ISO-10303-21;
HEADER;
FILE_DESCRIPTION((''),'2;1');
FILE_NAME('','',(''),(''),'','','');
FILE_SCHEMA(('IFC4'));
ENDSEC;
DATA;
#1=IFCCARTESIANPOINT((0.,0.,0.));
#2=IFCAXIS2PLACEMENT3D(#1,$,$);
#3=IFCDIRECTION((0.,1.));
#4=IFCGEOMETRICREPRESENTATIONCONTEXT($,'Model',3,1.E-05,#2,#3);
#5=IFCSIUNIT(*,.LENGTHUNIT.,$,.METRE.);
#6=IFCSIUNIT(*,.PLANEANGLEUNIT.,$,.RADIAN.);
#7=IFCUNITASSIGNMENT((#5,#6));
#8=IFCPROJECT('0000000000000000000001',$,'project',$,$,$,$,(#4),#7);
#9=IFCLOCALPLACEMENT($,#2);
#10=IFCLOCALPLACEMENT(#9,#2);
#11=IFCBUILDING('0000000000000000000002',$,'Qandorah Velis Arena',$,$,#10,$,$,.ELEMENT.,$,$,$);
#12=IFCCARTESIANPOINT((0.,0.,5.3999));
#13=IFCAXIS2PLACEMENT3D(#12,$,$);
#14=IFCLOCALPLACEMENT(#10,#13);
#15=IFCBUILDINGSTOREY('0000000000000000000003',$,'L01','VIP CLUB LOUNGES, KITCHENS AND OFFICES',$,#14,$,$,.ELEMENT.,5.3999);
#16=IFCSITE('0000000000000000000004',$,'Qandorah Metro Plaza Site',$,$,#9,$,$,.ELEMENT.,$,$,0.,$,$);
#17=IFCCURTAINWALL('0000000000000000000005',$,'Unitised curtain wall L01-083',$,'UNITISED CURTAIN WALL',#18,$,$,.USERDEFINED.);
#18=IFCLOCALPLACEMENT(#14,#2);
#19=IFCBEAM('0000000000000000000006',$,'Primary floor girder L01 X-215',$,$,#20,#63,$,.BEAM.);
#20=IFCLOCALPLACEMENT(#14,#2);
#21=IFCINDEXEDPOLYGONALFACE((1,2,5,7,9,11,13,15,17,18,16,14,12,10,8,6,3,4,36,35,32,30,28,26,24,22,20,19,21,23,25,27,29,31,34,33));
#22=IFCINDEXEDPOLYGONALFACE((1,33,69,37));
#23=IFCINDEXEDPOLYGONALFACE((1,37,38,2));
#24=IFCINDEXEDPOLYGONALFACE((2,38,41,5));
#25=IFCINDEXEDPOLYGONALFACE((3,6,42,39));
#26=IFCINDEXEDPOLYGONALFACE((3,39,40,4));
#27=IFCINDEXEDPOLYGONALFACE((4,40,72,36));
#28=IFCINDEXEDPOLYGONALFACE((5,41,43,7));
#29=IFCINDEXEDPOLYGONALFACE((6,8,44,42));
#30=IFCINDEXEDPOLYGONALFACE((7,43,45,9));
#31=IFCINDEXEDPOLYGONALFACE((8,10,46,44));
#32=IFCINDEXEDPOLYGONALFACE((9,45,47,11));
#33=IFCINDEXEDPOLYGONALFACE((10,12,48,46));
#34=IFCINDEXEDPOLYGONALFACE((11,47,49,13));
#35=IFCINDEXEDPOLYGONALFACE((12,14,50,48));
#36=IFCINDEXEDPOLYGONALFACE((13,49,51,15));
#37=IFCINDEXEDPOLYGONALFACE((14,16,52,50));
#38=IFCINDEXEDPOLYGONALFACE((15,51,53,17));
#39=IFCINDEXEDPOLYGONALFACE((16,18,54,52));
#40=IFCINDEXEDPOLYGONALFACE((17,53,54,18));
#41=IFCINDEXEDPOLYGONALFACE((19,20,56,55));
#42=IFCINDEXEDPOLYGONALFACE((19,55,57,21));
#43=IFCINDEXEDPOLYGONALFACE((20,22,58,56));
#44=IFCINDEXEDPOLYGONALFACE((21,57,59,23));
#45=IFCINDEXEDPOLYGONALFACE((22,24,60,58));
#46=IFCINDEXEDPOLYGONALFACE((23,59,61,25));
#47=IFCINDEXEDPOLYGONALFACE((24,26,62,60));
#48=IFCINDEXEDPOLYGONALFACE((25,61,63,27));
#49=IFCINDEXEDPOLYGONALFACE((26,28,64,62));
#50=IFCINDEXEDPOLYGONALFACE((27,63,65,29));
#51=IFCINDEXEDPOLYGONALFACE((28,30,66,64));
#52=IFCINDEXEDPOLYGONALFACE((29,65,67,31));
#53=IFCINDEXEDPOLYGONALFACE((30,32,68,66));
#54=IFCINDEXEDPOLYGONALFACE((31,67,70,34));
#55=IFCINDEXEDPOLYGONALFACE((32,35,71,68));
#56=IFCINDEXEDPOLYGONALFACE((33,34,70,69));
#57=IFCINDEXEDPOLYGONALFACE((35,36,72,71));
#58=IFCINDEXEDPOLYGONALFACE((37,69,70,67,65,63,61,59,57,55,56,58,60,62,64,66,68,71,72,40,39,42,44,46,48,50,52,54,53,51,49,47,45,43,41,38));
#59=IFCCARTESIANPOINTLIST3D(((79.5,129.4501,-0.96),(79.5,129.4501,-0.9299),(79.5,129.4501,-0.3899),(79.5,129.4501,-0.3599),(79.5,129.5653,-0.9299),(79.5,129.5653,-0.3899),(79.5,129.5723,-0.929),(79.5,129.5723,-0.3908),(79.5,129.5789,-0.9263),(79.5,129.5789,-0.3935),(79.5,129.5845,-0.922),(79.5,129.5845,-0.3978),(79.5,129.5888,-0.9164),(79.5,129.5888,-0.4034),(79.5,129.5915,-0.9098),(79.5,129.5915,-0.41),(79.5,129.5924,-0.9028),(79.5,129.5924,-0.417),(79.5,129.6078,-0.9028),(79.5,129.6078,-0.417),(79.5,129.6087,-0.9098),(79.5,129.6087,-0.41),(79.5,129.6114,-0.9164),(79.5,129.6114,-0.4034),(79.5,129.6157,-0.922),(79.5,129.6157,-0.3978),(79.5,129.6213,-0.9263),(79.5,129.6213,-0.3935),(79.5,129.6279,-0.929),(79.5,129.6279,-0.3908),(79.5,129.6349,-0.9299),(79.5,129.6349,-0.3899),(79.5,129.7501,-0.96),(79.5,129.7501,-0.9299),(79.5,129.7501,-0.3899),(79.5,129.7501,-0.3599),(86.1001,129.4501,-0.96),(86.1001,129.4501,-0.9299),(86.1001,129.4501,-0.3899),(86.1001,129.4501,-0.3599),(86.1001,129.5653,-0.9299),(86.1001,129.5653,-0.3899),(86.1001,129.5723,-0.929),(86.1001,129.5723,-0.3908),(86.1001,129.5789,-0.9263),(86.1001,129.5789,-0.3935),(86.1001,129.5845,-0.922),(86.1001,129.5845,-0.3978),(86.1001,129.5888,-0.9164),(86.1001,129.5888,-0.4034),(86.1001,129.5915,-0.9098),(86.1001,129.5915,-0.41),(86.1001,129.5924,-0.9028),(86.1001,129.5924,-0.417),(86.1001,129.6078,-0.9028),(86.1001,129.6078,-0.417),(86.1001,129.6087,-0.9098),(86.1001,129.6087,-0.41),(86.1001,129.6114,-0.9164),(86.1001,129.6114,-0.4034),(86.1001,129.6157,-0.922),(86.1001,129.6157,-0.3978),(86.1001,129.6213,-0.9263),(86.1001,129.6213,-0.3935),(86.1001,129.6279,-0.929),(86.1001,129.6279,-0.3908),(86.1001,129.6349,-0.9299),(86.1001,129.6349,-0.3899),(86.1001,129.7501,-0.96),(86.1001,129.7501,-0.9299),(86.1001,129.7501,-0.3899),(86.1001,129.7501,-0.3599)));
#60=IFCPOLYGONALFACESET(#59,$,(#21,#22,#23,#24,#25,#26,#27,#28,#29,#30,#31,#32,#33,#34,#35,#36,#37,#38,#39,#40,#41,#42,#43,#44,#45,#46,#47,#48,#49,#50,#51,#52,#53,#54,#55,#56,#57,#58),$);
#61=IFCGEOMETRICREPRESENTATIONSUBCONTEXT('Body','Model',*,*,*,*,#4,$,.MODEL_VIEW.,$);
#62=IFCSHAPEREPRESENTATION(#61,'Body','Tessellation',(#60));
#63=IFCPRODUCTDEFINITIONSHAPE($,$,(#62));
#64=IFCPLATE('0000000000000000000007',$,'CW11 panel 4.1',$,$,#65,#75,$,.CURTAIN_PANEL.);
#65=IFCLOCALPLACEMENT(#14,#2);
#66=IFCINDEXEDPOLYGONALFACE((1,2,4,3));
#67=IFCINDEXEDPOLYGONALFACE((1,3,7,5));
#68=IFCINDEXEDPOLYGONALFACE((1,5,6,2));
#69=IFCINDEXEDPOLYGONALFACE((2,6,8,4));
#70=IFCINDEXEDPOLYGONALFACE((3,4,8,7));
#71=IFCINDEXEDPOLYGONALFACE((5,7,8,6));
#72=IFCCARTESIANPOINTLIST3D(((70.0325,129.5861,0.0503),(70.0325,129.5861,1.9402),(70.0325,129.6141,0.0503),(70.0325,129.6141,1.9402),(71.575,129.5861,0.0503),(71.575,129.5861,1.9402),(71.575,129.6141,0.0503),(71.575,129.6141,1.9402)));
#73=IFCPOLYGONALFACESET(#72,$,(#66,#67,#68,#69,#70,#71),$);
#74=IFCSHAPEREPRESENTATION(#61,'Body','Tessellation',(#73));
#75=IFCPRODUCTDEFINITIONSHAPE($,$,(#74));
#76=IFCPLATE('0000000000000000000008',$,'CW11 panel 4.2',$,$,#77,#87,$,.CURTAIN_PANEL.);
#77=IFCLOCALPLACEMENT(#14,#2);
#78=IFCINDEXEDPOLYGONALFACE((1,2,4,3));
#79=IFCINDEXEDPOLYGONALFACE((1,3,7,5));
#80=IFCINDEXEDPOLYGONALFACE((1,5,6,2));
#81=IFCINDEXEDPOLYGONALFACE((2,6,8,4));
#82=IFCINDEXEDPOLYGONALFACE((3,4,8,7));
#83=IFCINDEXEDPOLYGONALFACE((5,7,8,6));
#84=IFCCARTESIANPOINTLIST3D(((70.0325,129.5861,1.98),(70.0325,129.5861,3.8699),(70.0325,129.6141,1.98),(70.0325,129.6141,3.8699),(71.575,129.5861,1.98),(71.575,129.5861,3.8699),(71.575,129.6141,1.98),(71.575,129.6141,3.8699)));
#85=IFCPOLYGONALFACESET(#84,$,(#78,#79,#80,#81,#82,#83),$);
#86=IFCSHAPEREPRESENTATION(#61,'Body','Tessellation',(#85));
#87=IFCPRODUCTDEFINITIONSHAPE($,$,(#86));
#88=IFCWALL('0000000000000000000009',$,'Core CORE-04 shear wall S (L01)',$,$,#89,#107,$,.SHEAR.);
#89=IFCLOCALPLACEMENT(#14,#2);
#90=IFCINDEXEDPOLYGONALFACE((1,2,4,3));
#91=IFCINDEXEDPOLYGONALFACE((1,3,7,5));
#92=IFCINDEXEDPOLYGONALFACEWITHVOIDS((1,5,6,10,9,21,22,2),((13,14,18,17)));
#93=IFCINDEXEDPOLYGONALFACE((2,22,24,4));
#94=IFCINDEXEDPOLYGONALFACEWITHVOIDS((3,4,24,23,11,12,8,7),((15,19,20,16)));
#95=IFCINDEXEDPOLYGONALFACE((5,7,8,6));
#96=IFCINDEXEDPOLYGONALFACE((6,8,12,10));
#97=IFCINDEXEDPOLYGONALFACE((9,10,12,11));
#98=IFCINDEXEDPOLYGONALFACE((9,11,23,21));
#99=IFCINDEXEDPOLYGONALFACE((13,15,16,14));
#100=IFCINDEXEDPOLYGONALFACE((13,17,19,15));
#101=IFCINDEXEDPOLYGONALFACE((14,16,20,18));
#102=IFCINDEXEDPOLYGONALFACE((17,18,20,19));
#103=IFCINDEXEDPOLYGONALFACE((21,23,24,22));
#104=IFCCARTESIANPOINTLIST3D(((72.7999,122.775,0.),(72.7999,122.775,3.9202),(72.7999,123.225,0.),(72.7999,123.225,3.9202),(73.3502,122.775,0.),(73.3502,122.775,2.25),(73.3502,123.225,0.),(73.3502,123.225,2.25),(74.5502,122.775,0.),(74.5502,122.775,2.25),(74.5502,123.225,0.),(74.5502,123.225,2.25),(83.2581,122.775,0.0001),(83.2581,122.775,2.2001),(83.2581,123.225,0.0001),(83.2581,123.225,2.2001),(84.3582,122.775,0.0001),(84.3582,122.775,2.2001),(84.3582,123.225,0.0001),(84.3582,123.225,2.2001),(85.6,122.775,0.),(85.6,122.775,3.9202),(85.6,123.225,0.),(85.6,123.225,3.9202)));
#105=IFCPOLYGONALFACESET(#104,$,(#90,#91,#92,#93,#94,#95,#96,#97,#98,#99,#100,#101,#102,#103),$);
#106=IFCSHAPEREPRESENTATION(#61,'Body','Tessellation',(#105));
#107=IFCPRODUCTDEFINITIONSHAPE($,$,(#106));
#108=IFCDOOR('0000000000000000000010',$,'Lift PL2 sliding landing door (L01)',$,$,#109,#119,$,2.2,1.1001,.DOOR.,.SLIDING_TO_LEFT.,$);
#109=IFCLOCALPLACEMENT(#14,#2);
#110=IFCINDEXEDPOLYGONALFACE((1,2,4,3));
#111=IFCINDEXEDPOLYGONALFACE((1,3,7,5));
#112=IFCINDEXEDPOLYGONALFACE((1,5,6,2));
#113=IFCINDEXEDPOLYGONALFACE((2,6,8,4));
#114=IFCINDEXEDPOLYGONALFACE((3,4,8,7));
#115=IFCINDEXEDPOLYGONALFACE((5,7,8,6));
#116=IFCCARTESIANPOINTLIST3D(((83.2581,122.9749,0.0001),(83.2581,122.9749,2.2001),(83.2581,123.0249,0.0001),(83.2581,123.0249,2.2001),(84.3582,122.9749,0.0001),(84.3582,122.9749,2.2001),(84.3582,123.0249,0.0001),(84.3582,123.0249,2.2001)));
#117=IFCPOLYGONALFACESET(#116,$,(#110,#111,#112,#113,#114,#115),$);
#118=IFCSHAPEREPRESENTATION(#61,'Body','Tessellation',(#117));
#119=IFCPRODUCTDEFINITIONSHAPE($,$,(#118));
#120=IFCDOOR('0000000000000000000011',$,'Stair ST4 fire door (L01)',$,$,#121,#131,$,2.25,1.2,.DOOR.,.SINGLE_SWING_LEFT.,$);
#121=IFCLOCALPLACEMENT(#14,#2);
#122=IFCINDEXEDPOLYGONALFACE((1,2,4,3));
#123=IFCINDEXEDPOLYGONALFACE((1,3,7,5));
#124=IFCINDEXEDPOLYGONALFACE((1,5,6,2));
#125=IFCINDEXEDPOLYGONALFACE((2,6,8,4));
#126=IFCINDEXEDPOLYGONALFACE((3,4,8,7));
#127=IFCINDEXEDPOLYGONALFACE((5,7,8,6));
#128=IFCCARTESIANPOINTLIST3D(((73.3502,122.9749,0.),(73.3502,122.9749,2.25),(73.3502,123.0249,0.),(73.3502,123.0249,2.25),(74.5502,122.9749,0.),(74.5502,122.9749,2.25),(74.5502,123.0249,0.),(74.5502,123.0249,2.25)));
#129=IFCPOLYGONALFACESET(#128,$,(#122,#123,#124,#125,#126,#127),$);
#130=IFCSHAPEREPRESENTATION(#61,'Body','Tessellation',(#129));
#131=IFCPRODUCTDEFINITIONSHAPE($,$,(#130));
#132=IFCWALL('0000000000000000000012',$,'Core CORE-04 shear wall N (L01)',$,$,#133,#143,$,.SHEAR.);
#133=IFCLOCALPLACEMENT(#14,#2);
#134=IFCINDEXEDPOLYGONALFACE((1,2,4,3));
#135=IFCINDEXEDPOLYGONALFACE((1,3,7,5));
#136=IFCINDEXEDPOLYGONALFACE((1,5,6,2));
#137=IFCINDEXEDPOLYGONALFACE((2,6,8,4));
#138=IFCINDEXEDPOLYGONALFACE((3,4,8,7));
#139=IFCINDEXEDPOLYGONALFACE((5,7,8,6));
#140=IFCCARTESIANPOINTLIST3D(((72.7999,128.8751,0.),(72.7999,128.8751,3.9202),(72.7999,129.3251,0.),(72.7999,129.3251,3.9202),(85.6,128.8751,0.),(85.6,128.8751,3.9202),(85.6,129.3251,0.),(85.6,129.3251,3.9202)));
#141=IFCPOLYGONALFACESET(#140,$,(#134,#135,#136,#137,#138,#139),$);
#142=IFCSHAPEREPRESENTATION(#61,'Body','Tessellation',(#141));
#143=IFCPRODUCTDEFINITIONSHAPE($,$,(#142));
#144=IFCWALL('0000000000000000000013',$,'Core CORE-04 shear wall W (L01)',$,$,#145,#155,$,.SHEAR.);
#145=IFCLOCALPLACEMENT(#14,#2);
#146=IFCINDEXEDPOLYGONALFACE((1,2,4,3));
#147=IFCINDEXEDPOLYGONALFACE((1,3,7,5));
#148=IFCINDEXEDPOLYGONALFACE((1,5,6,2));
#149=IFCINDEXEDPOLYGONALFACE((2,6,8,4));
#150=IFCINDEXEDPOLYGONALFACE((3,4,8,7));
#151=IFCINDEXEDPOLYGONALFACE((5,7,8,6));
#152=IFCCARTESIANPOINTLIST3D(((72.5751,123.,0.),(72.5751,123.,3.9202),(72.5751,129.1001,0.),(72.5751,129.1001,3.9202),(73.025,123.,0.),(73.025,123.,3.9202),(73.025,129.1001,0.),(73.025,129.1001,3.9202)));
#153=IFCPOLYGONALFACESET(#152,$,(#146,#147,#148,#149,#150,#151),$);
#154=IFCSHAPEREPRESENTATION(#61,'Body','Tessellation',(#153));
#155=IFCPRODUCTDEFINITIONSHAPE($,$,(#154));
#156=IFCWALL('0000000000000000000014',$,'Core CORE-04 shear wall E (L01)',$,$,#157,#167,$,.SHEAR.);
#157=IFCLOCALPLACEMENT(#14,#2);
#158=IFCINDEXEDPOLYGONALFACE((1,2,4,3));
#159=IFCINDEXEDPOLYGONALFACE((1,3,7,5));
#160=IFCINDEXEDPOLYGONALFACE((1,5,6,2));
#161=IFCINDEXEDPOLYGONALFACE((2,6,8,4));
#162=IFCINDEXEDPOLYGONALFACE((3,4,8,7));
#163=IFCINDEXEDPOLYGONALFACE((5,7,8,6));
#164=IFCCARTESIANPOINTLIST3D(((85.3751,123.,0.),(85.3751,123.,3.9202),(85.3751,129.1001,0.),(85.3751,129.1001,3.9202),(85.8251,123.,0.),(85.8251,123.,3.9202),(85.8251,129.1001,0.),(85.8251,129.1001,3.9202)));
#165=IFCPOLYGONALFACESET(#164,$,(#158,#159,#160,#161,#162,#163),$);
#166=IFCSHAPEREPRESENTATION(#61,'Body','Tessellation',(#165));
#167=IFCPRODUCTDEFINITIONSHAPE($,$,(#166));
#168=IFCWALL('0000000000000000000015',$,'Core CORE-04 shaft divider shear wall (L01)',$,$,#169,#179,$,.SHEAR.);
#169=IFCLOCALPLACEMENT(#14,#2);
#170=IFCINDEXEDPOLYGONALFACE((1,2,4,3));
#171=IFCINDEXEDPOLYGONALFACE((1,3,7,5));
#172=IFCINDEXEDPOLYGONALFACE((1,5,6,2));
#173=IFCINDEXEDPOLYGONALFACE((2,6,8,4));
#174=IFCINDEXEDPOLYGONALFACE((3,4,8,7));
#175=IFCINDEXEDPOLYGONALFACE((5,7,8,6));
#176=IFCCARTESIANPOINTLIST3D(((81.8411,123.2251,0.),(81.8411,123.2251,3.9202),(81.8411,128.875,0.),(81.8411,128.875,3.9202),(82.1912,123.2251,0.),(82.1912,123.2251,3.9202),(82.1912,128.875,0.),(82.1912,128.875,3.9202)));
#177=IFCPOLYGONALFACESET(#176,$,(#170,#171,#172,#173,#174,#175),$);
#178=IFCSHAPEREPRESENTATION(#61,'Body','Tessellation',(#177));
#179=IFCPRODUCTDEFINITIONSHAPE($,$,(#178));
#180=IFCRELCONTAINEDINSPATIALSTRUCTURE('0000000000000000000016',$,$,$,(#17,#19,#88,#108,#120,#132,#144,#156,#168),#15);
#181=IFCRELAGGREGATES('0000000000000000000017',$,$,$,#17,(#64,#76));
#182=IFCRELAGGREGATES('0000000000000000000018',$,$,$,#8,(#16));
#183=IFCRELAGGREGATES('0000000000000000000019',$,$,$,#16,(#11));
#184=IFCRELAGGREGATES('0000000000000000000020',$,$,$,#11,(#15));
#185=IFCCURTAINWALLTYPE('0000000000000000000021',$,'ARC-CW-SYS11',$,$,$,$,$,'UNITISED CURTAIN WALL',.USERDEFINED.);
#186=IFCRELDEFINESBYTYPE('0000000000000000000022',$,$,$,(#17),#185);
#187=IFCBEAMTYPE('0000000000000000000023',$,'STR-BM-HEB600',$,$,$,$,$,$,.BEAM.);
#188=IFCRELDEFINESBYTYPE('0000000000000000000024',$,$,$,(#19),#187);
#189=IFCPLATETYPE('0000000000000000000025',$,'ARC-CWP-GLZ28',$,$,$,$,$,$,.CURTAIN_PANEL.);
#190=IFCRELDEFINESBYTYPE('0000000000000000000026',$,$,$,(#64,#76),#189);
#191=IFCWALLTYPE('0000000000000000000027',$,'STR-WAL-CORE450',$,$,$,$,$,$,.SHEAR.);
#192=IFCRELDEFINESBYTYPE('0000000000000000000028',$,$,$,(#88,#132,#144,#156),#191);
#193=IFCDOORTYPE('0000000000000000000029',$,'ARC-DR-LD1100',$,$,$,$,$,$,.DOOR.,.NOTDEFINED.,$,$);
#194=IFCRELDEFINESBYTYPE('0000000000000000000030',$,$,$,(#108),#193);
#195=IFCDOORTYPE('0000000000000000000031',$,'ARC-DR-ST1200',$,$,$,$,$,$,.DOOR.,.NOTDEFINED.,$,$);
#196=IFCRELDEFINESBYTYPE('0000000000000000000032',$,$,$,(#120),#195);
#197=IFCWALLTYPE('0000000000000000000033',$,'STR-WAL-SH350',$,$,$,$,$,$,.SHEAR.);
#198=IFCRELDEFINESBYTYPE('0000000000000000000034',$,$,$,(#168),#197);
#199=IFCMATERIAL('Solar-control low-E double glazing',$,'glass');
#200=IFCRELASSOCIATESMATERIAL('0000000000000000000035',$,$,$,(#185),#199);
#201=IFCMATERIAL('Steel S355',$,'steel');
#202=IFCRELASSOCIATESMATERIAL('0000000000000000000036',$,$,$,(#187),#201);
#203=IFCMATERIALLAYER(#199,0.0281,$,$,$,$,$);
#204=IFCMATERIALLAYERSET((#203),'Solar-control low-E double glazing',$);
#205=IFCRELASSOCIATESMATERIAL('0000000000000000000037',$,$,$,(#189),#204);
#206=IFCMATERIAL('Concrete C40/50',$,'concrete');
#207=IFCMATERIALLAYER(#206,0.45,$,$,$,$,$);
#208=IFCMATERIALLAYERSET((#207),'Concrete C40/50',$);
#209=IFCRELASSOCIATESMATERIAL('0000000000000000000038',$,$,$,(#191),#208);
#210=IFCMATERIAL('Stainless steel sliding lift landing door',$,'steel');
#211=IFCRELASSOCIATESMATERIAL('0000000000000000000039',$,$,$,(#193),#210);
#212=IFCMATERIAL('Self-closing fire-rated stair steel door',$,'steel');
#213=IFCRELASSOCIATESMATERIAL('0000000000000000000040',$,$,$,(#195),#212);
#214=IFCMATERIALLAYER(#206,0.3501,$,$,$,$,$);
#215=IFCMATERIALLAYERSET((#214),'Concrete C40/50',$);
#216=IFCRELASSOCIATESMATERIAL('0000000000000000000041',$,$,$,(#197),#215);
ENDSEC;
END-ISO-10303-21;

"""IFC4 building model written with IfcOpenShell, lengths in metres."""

from ifc_helpers import new_model, si_unit, direction, frame, frame_2d, origin, origin_2d, place, context, subcontext, project, spatial, rectangle, i_section, extrude, material, layer, layer_set, material_profile, profile_set, type_object, element, fill, aggregate, save


model = new_model("IFC4")

# Units and contexts
model_context = context("Model", 3, precision=1e-05, world=origin(), true_north=direction((0.0, 1.0)))
body_context = subcontext(model_context, "Body", "Model", "MODEL_VIEW")
ifc_project = project(units=[si_unit("LENGTHUNIT", "METRE"), si_unit("PLANEANGLEUNIT", "RADIAN")], contexts=[model_context])

# Site, building, storey
site_placement = place(None, origin())
site = spatial("IfcSite", under=ifc_project, at=site_placement, Name="Qandorah Metro Plaza Site", CompositionType="ELEMENT", RefElevation=0.0)
building_placement = place(site_placement, origin())
building = spatial("IfcBuilding", under=site, at=building_placement, Name="Qandorah Velis Arena", CompositionType="ELEMENT")
storey_placement = place(building_placement, frame((0.0, 0.0, 5.3999)))
storey = spatial("IfcBuildingStorey", under=building, at=storey_placement, Name="L01", Description="VIP CLUB LOUNGES, KITCHENS AND OFFICES", CompositionType="ELEMENT", Elevation=5.3999)

# Shared definitions
ifc_material_1 = material(Name="Concrete C40/50", Category="concrete")

# Curtain wall
ifc_material_2 = material(Name="Solar-control low-E double glazing", Category="glass")
curtain_wall_type = type_object("IfcCurtainWallType", Name="ARC-CW-SYS11", ElementType="UNITISED CURTAIN WALL", PredefinedType="USERDEFINED", material=ifc_material_2)
curtain_wall_placement = place(storey_placement, origin())
curtain_wall = element("IfcCurtainWall", 1, at=curtain_wall_placement, inside=storey, type_object=curtain_wall_type, Name="Unitised curtain wall L01-083", ObjectType="UNITISED CURTAIN WALL", PredefinedType="USERDEFINED")

# Beam
ifc_material_3 = material(Name="Steel S355", Category="steel")
ifc_material_profile_1 = material_profile(ifc_material_3, i_section(OverallWidth=0.3, OverallDepth=0.6001, WebThickness=0.0154, FlangeThickness=0.03, FilletRadius=0.0271, at=origin_2d()), Name="HEB 600")
ifc_profile_set_1 = profile_set([ifc_material_profile_1], Name="Steel S355")
beam_type_1 = type_object("IfcBeamType", Name="STR-BM-HEB600", PredefinedType="BEAM", material=ifc_profile_set_1)
beam_1_placement = place(storey_placement, frame((79.5, 129.6001, -0.6599), z_axis=(1.0, 0.0, 0.0), x_axis=(0.0, 1.0, 0.0)))
element("IfcBeam", 2, at=beam_1_placement, inside=storey, type_object=beam_type_1, Name="Primary floor girder L01 X-215", PredefinedType="BEAM", context=body_context, shape_type="SweptSolid", body=[
    extrude(i_section(OverallWidth=0.3, OverallDepth=0.6001, WebThickness=0.0154, FlangeThickness=0.03, FilletRadius=0.0271, at=origin_2d()), origin(), (0.0, 0.0, 1.0), 6.6001),
])

# Plates
ifc_layer_1 = layer(ifc_material_2, 0.0281)
ifc_layer_set_1 = layer_set([ifc_layer_1], Name="Solar-control low-E double glazing")
plate_type = type_object("IfcPlateType", Name="ARC-CWP-GLZ28", PredefinedType="CURTAIN_PANEL", material=ifc_layer_set_1)
plate_1_placement = place(storey_placement, frame((70.8037, 129.6001, 0.0503), z_axis=(0.0, 0.0, 1.0), x_axis=(1.0, 0.0, 0.0)))
plate_1 = element("IfcPlate", 3, at=plate_1_placement, type_object=plate_type, Name="CW11 panel 4.1", PredefinedType="CURTAIN_PANEL", context=body_context, shape_type="SweptSolid", body=[
    extrude(rectangle(XDim=1.5425, YDim=0.0281, at=origin_2d()), origin(), (0.0, 0.0, 1.0), 1.8899),
])
plate_2_placement = place(storey_placement, frame((70.8037, 129.6001, 1.98), z_axis=(0.0, 0.0, 1.0), x_axis=(1.0, 0.0, 0.0)))
plate_2 = element("IfcPlate", 4, at=plate_2_placement, type_object=plate_type, Name="CW11 panel 4.2", PredefinedType="CURTAIN_PANEL", context=body_context, shape_type="SweptSolid", body=[
    extrude(rectangle(XDim=1.5425, YDim=0.0281, at=origin_2d()), origin(), (0.0, 0.0, 1.0), 1.8899),
])
aggregate(curtain_wall, [plate_1, plate_2])

# Wall, openings, doors
ifc_layer_2 = layer(ifc_material_1, 0.45)
ifc_layer_set_2 = layer_set([ifc_layer_2], Name="Concrete C40/50")
wall_type_1 = type_object("IfcWallType", Name="STR-WAL-CORE450", PredefinedType="SHEAR", material=ifc_layer_set_2)
wall_1_placement = place(storey_placement, frame((72.8, 123.0, 0.0), z_axis=(0.0, 0.0, 1.0), x_axis=(1.0, 0.0, 0.0)))
wall_1 = element("IfcWall", 5, at=wall_1_placement, inside=storey, type_object=wall_type_1, Name="Core CORE-04 shear wall S (L01)", PredefinedType="SHEAR", context=body_context, shape_type="SweptSolid", body=[
    extrude(rectangle(XDim=12.8, YDim=0.45, at=frame_2d((6.3999, 0.0))), origin(), (0.0, 0.0, 1.0), 3.9202),
])
opening_1_placement = place(wall_1_placement, frame((0.55, 0.0, 0.0)))
opening_1 = element("IfcOpeningElement", 6, at=opening_1_placement, cuts=wall_1, PredefinedType="OPENING", context=body_context, shape_type="SweptSolid", body=[
    extrude(rectangle(XDim=1.2, YDim=2.25, at=frame_2d((0.6001, 1.125))), frame((0.0, 0.2349, 0.0), z_axis=(0.0, -1.0, 0.0), x_axis=(1.0, 0.0, 0.0)), (0.0, 0.0, 1.0), 0.47),
])
opening_2_placement = place(wall_1_placement, frame((10.458, 0.0, 0.0)))
opening_2 = element("IfcOpeningElement", 7, at=opening_2_placement, cuts=wall_1, PredefinedType="OPENING", context=body_context, shape_type="SweptSolid", body=[
    extrude(rectangle(XDim=1.1001, YDim=2.2, at=frame_2d((0.55, 1.1001))), frame((0.0, 0.2349, 0.0), z_axis=(0.0, -1.0, 0.0), x_axis=(1.0, 0.0, 0.0)), (0.0, 0.0, 1.0), 0.47),
])
ifc_material_4 = material(Name="Stainless steel sliding lift landing door", Category="steel")
door_type_1 = type_object("IfcDoorType", Name="ARC-DR-LD1100", OperationType="NOTDEFINED", PredefinedType="DOOR", material=ifc_material_4)
door_1_placement = place(opening_2_placement, origin())
door_1 = element("IfcDoor", 8, at=door_1_placement, inside=storey, type_object=door_type_1, Name="Lift PL2 sliding landing door (L01)", OperationType="SLIDING_TO_LEFT", OverallHeight=2.2, OverallWidth=1.1001, PredefinedType="DOOR", context=body_context, shape_type="SweptSolid", body=[
    extrude(rectangle(XDim=1.1001, YDim=2.2, at=frame_2d((0.55, 1.1001))), frame((0.0, 0.0249, 0.0), z_axis=(0.0, -1.0, 0.0), x_axis=(1.0, 0.0, 0.0)), (0.0, 0.0, 1.0), 0.05),
])
fill(opening_2, door_1)
ifc_material_5 = material(Name="Self-closing fire-rated stair steel door", Category="steel")
door_type_2 = type_object("IfcDoorType", Name="ARC-DR-ST1200", OperationType="NOTDEFINED", PredefinedType="DOOR", material=ifc_material_5)
door_2_placement = place(opening_1_placement, origin())
door_2 = element("IfcDoor", 9, at=door_2_placement, inside=storey, type_object=door_type_2, Name="Stair ST4 fire door (L01)", OperationType="SINGLE_SWING_LEFT", OverallHeight=2.25, OverallWidth=1.2, PredefinedType="DOOR", context=body_context, shape_type="SweptSolid", body=[
    extrude(rectangle(XDim=1.2, YDim=2.25, at=frame_2d((0.6001, 1.125))), frame((0.0, 0.0249, 0.0), z_axis=(0.0, -1.0, 0.0), x_axis=(1.0, 0.0, 0.0)), (0.0, 0.0, 1.0), 0.05),
])
fill(opening_1, door_2)

# Walls
wall_2_placement = place(storey_placement, frame((72.8, 129.1001, 0.0), z_axis=(0.0, 0.0, 1.0), x_axis=(1.0, 0.0, 0.0)))
element("IfcWall", 10, at=wall_2_placement, inside=storey, type_object=wall_type_1, Name="Core CORE-04 shear wall N (L01)", PredefinedType="SHEAR", context=body_context, shape_type="SweptSolid", body=[
    extrude(rectangle(XDim=12.8, YDim=0.45, at=frame_2d((6.3999, 0.0))), origin(), (0.0, 0.0, 1.0), 3.9202),
])
for number, where, z_axis, x_axis, name in (
    (11, (72.8, 123.0, 0.0), (0.0, 0.0, 1.0), (0.0, 1.0, 0.0), "Core CORE-04 shear wall W (L01)"),
    (12, (85.6001, 123.0, 0.0), (0.0, 0.0, 1.0), (0.0, 1.0, 0.0), "Core CORE-04 shear wall E (L01)"),
):
    element("IfcWall", number, at=place(storey_placement, frame(where, z_axis=z_axis, x_axis=x_axis)), inside=storey, type_object=wall_type_1, Name=name, PredefinedType="SHEAR", context=body_context, shape_type="SweptSolid", body=[
        extrude(rectangle(XDim=6.1001, YDim=0.45, at=frame_2d((3.05, 0.0))), origin(), (0.0, 0.0, 1.0), 3.9202),
    ])
ifc_layer_3 = layer(ifc_material_1, 0.3501)
ifc_layer_set_3 = layer_set([ifc_layer_3], Name="Concrete C40/50")
wall_type_2 = type_object("IfcWallType", Name="STR-WAL-SH350", PredefinedType="SHEAR", material=ifc_layer_set_3)
wall_3_placement = place(storey_placement, frame((82.0161, 123.2251, 0.0), z_axis=(0.0, 0.0, 1.0), x_axis=(0.0, 1.0, 0.0)))
element("IfcWall", 13, at=wall_3_placement, inside=storey, type_object=wall_type_2, Name="Core CORE-04 shaft divider shear wall (L01)", PredefinedType="SHEAR", context=body_context, shape_type="SweptSolid", body=[
    extrude(rectangle(XDim=5.6499, YDim=0.3501, at=frame_2d((2.825, 0.0))), origin(), (0.0, 0.0, 1.0), 3.9202),
])

save(model, "model.ifc")
